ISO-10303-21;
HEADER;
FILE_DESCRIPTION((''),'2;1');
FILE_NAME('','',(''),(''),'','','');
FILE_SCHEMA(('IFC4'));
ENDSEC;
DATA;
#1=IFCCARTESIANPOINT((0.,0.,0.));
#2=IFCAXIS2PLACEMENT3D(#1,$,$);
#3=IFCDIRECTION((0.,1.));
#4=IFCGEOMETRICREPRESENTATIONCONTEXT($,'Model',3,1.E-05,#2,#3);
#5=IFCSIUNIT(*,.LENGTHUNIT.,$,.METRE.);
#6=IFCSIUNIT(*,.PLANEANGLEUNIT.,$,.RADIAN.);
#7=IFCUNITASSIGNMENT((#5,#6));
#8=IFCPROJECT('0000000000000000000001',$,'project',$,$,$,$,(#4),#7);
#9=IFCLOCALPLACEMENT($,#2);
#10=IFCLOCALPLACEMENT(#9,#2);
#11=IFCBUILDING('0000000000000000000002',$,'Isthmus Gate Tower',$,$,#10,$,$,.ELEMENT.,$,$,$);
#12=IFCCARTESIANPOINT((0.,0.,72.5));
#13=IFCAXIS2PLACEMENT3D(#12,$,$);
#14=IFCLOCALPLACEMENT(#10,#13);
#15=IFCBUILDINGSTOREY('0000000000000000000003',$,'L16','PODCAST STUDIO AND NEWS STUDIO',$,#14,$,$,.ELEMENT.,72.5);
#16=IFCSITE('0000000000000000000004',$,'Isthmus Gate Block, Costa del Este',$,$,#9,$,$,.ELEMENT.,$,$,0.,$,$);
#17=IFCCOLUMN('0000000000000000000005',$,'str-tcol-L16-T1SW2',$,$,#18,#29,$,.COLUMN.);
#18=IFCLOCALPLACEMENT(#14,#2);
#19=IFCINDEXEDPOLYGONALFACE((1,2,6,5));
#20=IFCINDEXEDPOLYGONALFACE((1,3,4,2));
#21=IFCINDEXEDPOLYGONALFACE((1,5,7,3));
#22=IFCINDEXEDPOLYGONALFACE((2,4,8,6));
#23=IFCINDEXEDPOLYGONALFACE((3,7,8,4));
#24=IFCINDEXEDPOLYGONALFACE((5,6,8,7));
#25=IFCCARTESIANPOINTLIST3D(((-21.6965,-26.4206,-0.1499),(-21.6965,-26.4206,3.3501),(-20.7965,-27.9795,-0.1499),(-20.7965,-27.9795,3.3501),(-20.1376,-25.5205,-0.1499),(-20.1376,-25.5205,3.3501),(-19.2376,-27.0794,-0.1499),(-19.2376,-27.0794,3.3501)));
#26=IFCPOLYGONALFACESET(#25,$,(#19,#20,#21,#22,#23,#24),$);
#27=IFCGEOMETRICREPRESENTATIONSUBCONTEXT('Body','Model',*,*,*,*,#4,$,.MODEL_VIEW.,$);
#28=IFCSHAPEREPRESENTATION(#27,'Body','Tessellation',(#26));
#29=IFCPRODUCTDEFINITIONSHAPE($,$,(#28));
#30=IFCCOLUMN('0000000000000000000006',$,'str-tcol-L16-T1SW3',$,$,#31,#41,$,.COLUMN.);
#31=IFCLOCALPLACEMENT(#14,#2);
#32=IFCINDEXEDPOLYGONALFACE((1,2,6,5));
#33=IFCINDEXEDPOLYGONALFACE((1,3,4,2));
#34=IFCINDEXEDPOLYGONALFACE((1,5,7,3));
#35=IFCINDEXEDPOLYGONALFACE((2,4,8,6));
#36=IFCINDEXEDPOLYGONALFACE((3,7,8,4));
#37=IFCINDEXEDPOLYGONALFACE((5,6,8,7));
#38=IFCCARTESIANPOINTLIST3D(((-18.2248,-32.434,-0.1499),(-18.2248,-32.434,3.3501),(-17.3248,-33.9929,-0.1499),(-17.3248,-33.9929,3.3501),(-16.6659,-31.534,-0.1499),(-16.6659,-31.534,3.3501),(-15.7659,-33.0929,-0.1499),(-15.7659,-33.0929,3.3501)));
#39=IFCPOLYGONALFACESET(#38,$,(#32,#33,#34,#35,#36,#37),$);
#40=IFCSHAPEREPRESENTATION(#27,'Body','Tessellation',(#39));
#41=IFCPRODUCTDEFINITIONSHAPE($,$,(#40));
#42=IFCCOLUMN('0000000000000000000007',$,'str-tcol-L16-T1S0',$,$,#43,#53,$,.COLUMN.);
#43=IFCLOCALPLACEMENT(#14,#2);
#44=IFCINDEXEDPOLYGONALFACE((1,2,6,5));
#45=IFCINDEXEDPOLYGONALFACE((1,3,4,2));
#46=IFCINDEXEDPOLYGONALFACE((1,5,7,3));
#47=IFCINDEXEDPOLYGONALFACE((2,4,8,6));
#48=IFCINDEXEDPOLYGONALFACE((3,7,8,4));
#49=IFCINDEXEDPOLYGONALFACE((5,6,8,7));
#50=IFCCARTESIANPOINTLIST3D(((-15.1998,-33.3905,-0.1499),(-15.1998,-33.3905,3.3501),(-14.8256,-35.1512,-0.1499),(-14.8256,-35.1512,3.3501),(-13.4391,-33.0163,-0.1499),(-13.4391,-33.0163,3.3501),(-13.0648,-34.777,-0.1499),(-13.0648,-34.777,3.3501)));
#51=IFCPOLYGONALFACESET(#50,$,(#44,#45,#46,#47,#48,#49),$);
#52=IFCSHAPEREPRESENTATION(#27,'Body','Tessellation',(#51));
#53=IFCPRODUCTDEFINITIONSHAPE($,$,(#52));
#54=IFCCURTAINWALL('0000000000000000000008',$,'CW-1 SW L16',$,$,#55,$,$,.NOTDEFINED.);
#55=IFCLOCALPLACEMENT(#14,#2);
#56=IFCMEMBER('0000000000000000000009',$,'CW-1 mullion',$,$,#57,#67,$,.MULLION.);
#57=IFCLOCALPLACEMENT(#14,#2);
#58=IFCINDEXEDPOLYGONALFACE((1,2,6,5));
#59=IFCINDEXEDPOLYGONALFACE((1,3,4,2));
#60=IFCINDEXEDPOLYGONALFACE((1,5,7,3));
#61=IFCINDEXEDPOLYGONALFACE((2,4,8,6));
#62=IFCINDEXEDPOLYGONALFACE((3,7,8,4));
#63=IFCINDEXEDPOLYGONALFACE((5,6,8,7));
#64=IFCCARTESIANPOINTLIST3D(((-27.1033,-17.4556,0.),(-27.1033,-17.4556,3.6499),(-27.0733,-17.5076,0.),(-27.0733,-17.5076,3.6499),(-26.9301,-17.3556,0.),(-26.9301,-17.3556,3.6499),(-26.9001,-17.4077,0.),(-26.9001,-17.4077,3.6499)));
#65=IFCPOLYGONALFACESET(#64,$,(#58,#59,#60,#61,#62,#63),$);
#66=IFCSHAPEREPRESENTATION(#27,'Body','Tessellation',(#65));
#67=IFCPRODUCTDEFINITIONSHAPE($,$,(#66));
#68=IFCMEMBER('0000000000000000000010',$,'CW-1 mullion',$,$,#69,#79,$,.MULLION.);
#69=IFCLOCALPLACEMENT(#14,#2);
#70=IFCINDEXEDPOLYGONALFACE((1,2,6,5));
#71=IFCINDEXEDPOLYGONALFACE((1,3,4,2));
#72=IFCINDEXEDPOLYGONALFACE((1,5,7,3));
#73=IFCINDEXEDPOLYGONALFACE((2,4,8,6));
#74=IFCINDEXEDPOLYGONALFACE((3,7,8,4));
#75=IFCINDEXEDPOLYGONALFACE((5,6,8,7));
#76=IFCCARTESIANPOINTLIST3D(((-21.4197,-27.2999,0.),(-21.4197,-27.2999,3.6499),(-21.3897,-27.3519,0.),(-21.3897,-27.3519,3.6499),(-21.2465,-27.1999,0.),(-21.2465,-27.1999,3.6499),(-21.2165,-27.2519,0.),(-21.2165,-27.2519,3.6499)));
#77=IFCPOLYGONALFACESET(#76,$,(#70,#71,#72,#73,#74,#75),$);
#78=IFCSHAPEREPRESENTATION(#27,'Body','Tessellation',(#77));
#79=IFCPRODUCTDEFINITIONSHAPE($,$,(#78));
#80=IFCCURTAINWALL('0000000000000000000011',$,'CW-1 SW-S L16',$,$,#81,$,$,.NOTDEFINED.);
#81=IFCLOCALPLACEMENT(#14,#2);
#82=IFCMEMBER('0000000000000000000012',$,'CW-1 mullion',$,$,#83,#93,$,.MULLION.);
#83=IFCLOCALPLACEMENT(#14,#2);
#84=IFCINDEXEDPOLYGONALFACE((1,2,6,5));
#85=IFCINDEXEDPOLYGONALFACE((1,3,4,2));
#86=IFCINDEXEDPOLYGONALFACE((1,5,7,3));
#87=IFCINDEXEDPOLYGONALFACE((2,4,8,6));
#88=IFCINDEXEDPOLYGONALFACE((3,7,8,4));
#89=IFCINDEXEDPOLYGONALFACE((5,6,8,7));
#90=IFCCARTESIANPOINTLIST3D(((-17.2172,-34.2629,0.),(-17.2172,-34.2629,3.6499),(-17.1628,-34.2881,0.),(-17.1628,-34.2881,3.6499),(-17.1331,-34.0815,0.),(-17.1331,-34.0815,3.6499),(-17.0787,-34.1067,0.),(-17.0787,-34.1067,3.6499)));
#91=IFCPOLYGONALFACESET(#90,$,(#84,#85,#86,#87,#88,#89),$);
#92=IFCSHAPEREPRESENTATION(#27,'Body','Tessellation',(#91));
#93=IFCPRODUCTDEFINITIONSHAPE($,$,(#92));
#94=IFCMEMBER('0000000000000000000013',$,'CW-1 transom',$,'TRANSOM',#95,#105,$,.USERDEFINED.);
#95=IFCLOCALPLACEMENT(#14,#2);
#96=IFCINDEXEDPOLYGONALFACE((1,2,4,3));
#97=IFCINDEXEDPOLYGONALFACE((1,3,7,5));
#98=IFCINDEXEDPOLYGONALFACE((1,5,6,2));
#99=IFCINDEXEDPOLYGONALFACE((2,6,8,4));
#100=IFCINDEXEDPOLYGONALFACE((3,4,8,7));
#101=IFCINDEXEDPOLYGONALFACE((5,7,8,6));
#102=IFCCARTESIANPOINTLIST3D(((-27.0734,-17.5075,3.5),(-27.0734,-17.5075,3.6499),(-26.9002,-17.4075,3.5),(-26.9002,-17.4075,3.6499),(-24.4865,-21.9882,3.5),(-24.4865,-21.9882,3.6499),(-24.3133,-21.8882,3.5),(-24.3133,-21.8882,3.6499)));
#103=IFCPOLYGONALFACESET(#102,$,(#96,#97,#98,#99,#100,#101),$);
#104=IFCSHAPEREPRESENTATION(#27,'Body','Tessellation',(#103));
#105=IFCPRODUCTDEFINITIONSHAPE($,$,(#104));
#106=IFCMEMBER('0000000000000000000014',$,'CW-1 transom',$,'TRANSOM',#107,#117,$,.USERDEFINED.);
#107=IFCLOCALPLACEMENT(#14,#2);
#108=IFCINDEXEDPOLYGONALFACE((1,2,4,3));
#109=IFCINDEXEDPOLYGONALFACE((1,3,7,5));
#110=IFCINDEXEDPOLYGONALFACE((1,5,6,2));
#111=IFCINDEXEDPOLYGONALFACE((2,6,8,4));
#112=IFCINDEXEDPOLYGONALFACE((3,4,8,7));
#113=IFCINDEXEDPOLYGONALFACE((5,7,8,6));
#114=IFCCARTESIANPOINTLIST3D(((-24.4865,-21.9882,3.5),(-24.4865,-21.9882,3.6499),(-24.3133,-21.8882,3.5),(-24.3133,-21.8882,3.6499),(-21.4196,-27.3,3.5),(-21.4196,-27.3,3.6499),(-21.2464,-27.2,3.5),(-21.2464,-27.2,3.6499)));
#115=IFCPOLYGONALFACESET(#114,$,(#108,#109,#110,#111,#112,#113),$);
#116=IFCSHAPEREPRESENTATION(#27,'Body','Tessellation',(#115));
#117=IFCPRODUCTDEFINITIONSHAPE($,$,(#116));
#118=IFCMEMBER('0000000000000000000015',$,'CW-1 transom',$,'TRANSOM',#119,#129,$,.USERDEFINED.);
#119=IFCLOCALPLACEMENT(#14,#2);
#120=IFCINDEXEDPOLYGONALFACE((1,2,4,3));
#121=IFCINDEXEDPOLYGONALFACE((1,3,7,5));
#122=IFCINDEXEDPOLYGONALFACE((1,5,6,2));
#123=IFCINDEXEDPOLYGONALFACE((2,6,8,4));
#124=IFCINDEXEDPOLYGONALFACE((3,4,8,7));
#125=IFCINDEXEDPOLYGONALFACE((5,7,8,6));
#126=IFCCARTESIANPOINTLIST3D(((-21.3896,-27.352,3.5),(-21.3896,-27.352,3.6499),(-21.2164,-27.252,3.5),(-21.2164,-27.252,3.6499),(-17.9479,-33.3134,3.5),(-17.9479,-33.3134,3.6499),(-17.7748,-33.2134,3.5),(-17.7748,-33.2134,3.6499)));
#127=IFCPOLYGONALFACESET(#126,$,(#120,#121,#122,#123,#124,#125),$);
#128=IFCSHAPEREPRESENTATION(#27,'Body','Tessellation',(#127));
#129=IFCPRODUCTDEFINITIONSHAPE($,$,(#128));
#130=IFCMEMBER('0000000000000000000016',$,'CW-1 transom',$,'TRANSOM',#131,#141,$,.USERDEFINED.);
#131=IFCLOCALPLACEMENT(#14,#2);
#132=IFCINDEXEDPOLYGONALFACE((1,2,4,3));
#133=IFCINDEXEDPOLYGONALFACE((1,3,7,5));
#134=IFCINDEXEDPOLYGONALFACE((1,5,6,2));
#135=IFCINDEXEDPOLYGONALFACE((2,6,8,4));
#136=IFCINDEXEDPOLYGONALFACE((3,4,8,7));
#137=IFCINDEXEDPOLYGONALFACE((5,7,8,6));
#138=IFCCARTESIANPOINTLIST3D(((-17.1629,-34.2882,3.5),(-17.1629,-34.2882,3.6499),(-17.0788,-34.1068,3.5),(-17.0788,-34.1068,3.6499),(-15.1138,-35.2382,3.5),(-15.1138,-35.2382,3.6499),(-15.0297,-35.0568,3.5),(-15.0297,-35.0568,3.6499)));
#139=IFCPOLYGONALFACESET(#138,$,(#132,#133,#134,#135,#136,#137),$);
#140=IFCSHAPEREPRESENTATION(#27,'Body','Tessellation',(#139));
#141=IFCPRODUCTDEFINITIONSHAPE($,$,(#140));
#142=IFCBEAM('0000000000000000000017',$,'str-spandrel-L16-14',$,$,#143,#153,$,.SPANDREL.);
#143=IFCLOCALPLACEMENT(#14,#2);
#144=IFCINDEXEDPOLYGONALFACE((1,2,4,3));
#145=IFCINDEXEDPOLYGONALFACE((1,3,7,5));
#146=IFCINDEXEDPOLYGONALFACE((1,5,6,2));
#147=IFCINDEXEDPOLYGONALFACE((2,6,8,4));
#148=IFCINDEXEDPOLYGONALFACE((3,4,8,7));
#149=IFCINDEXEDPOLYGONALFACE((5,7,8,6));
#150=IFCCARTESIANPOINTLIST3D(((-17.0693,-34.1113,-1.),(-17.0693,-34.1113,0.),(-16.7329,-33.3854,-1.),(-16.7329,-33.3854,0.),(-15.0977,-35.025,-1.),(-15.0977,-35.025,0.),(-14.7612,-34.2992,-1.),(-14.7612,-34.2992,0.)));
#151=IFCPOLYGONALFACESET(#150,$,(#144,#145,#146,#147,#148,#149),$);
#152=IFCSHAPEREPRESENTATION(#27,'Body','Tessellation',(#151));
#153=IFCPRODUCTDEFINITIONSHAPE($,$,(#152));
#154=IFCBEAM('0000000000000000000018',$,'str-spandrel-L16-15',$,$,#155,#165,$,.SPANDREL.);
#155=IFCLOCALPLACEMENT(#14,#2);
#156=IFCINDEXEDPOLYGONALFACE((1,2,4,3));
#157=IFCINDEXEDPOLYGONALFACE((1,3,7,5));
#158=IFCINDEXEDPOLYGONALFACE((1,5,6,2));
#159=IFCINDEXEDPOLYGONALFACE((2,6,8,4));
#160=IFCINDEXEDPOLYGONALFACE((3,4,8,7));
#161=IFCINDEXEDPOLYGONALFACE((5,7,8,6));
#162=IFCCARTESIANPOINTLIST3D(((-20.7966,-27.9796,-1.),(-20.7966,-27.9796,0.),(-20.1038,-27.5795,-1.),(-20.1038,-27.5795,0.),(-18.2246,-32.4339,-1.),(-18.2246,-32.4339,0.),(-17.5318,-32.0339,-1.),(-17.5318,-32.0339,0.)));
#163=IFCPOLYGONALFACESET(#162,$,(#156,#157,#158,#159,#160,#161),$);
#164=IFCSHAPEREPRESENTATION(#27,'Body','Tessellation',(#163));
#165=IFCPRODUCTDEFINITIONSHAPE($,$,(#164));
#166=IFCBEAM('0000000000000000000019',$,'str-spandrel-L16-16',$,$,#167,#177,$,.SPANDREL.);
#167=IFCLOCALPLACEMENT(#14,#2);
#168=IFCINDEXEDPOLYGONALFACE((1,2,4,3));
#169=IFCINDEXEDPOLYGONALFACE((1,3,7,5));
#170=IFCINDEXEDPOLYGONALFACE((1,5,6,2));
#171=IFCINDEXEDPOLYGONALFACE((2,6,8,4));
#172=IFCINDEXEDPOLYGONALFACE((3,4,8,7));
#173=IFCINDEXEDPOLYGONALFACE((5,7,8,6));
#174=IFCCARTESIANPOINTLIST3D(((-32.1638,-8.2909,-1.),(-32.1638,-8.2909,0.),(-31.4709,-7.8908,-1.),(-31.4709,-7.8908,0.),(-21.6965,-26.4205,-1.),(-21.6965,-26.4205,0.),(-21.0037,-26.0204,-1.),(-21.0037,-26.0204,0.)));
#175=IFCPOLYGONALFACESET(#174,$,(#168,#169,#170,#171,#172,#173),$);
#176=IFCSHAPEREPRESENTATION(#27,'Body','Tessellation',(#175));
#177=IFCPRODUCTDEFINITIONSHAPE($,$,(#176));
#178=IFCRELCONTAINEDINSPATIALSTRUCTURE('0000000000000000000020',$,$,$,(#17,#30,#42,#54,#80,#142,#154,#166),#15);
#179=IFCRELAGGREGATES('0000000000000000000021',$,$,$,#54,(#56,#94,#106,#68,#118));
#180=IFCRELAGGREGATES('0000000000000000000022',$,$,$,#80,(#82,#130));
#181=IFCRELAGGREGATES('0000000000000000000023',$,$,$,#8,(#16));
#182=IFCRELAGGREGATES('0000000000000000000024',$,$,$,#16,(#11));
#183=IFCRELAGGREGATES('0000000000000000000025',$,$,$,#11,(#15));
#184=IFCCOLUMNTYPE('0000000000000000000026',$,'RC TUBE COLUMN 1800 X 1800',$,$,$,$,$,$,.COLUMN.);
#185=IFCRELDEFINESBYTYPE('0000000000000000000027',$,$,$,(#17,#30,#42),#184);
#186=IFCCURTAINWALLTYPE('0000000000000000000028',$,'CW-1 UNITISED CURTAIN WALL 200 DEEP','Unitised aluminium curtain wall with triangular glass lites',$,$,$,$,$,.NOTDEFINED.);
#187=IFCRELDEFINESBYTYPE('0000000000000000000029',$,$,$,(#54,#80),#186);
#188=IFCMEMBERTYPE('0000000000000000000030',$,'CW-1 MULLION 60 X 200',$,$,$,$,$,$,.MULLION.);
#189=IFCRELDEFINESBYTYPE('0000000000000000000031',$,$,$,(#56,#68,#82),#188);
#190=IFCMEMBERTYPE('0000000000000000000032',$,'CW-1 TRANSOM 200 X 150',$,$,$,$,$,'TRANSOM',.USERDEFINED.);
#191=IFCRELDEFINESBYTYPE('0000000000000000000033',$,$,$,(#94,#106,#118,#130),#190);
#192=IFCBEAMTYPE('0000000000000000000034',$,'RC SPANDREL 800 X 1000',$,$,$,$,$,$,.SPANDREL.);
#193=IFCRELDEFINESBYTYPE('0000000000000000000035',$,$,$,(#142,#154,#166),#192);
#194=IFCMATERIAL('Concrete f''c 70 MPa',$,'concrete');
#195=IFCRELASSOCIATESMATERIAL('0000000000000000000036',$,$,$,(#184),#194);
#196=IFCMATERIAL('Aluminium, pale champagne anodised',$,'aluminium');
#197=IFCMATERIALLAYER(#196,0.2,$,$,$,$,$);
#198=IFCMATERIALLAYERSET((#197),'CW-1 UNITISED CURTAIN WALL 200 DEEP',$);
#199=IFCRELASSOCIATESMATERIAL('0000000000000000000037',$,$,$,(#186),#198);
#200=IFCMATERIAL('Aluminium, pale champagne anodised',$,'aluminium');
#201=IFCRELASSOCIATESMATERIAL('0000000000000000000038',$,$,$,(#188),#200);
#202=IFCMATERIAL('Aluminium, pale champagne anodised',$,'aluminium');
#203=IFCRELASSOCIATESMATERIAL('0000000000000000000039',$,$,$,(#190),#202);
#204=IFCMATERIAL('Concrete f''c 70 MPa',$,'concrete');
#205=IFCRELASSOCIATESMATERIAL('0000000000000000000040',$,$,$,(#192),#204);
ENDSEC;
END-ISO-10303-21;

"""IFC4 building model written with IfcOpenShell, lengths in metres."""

from ifc_helpers import new_model, si_unit, direction, frame, origin, origin_2d, place, context, subcontext, project, spatial, rectangle, extrude, material, layer, layer_set, material_profile, profile_set, type_object, element, aggregate, save


model = new_model("IFC4")

# Units and contexts
model_context = context("Model", 3, precision=1e-05, world=origin(), true_north=direction((0.0, 1.0)))
body_context = subcontext(model_context, "Body", "Model", "MODEL_VIEW")
ifc_project = project(units=[si_unit("LENGTHUNIT", "METRE"), si_unit("PLANEANGLEUNIT", "RADIAN")], contexts=[model_context])

# Site, building, storey
site_placement = place(None, origin())
site = spatial("IfcSite", under=ifc_project, at=site_placement, Name="Isthmus Gate Block, Costa del Este", CompositionType="ELEMENT", RefElevation=0.0)
building_placement = place(site_placement, origin())
building = spatial("IfcBuilding", under=site, at=building_placement, Name="Isthmus Gate Tower", CompositionType="ELEMENT")
storey_placement = place(building_placement, frame((0.0, 0.0, 72.5)))
storey = spatial("IfcBuildingStorey", under=building, at=storey_placement, Name="L16", Description="PODCAST STUDIO AND NEWS STUDIO", CompositionType="ELEMENT", Elevation=72.5)

# Columns
ifc_material_1 = material(Name="Concrete f'c 70 MPa", Category="concrete")
ifc_material_profile_1 = material_profile(ifc_material_1, rectangle(XDim=1.8, YDim=1.8, at=origin_2d()), Name="RC 1800X1800")
ifc_profile_set_1 = profile_set([ifc_material_profile_1], Name="Concrete f'c 70 MPa")
column_type = type_object("IfcColumnType", Name="RC TUBE COLUMN 1800 X 1800", PredefinedType="COLUMN", material=ifc_profile_set_1)
for number, where, z_axis, x_axis, name in (
    (1, (-20.467, -26.75, -0.1499), (0.0, 0.0, 1.0), (0.5, -0.866025, 0.0), "str-tcol-L16-T1SW2"),
    (2, (-16.9954, -32.7634, -0.1499), (0.0, 0.0, 1.0), (0.5, -0.866025, 0.0), "str-tcol-L16-T1SW3"),
    (3, (-14.1323, -34.0837, -0.1499), (0.0, 0.0, 1.0), (0.978148, 0.207912, 0.0), "str-tcol-L16-T1S0"),
):
    element("IfcColumn", number, at=place(storey_placement, frame(where, z_axis=z_axis, x_axis=x_axis)), inside=storey, type_object=column_type, Name=name, PredefinedType="COLUMN", context=body_context, shape_type="SweptSolid", body=[
        extrude(rectangle(XDim=1.8, YDim=1.8, at=origin_2d()), origin(), (0.0, 0.0, 1.0), 3.5),
    ])

# Curtain wall, members
ifc_material_2 = material(Name="Aluminium, pale champagne anodised", Category="aluminium")
ifc_layer_1 = layer(ifc_material_2, 0.2)
ifc_layer_set_1 = layer_set([ifc_layer_1], Name="CW-1 UNITISED CURTAIN WALL 200 DEEP")
curtain_wall_type = type_object("IfcCurtainWallType", Name="CW-1 UNITISED CURTAIN WALL 200 DEEP", Description="Unitised aluminium curtain wall with triangular glass lites", PredefinedType="NOTDEFINED", material=ifc_layer_set_1)
curtain_wall_1_placement = place(storey_placement, origin())
curtain_wall_1 = element("IfcCurtainWall", 4, at=curtain_wall_1_placement, inside=storey, type_object=curtain_wall_type, Name="CW-1 SW L16", PredefinedType="NOTDEFINED")
ifc_material_3 = material(Name="Aluminium, pale champagne anodised", Category="aluminium")
ifc_material_profile_2 = material_profile(ifc_material_3, rectangle(XDim=0.0601, YDim=0.2, at=origin_2d()), Name="60x200")
ifc_profile_set_2 = profile_set([ifc_material_profile_2], Name="Aluminium, pale champagne anodised")
member_type_1 = type_object("IfcMemberType", Name="CW-1 MULLION 60 X 200", PredefinedType="MULLION", material=ifc_profile_set_2)
member_1_placement = place(storey_placement, frame((-27.0017, -17.4316, 0.0), z_axis=(0.0, 0.0, 1.0), x_axis=(0.5, -0.866025, 0.0)))
member_1 = element("IfcMember", 5, at=member_1_placement, type_object=member_type_1, Name="CW-1 mullion", PredefinedType="MULLION", context=body_context, shape_type="SweptSolid", body=[
    extrude(rectangle(XDim=0.0601, YDim=0.2, at=origin_2d()), origin(), (0.0, 0.0, 1.0), 3.6499),
])
member_2_placement = place(storey_placement, frame((-21.3181, -27.2759, 0.0), z_axis=(0.0, 0.0, 1.0), x_axis=(0.5, -0.866025, 0.0)))
member_2 = element("IfcMember", 6, at=member_2_placement, type_object=member_type_1, Name="CW-1 mullion", PredefinedType="MULLION", context=body_context, shape_type="SweptSolid", body=[
    extrude(rectangle(XDim=0.0601, YDim=0.2, at=origin_2d()), origin(), (0.0, 0.0, 1.0), 3.6499),
])

# Curtain wall, member
curtain_wall_2_placement = place(storey_placement, origin())
curtain_wall_2 = element("IfcCurtainWall", 7, at=curtain_wall_2_placement, inside=storey, type_object=curtain_wall_type, Name="CW-1 SW-S L16", PredefinedType="NOTDEFINED")
member_3_placement = place(storey_placement, frame((-17.1479, -34.1848, 0.0), z_axis=(0.0, 0.0, 1.0), x_axis=(0.907256, -0.420578, 0.0)))
member_3 = element("IfcMember", 8, at=member_3_placement, type_object=member_type_1, Name="CW-1 mullion", PredefinedType="MULLION", context=body_context, shape_type="SweptSolid", body=[
    extrude(rectangle(XDim=0.0601, YDim=0.2, at=origin_2d()), origin(), (0.0, 0.0, 1.0), 3.6499),
])

# Members
ifc_material_4 = material(Name="Aluminium, pale champagne anodised", Category="aluminium")
ifc_material_profile_3 = material_profile(ifc_material_4, rectangle(XDim=0.2, YDim=0.1499, at=origin_2d()), Name="200x150")
ifc_profile_set_3 = profile_set([ifc_material_profile_3], Name="Aluminium, pale champagne anodised")
member_type_2 = type_object("IfcMemberType", Name="CW-1 TRANSOM 200 X 150", ElementType="TRANSOM", PredefinedType="USERDEFINED", material=ifc_profile_set_3)
member_4_placement = place(storey_placement, frame((-26.9868, -17.4575, 3.575), z_axis=(0.499996, -0.866028, 0.0), x_axis=(0.866028, 0.499996, 0.0)))
member_4 = element("IfcMember", 9, at=member_4_placement, type_object=member_type_2, Name="CW-1 transom", ObjectType="TRANSOM", PredefinedType="USERDEFINED", context=body_context, shape_type="SweptSolid", body=[
    extrude(rectangle(XDim=0.2, YDim=0.1499, at=origin_2d()), origin(), (0.0, 0.0, 1.0), 5.1738),
])
member_5_placement = place(storey_placement, frame((-24.3999, -21.9382, 3.575), z_axis=(0.500018, -0.866015, 0.0), x_axis=(0.866015, 0.500018, 0.0)))
member_5 = element("IfcMember", 10, at=member_5_placement, type_object=member_type_2, Name="CW-1 transom", ObjectType="TRANSOM", PredefinedType="USERDEFINED", context=body_context, shape_type="SweptSolid", body=[
    extrude(rectangle(XDim=0.2, YDim=0.1499, at=origin_2d()), origin(), (0.0, 0.0, 1.0), 6.1335),
])
member_6_placement = place(storey_placement, frame((-21.303, -27.302, 3.575), z_axis=(0.49998, -0.866037, 0.0), x_axis=(0.866037, 0.49998, 0.0)))
member_6 = element("IfcMember", 11, at=member_6_placement, type_object=member_type_2, Name="CW-1 transom", ObjectType="TRANSOM", PredefinedType="USERDEFINED", context=body_context, shape_type="SweptSolid", body=[
    extrude(rectangle(XDim=0.2, YDim=0.1499, at=origin_2d()), origin(), (0.0, 0.0, 1.0), 6.8835),
])
member_7_placement = place(storey_placement, frame((-17.1208, -34.1975, 3.575), z_axis=(0.907246, -0.4206, 0.0), x_axis=(0.4206, 0.907246, 0.0)))
member_7 = element("IfcMember", 12, at=member_7_placement, type_object=member_type_2, Name="CW-1 transom", ObjectType="TRANSOM", PredefinedType="USERDEFINED", context=body_context, shape_type="SweptSolid", body=[
    extrude(rectangle(XDim=0.2, YDim=0.1499, at=origin_2d()), origin(), (0.0, 0.0, 1.0), 2.2585),
])

# Beams
ifc_material_5 = material(Name="Concrete f'c 70 MPa", Category="concrete")
ifc_material_profile_4 = material_profile(ifc_material_5, rectangle(XDim=0.8, YDim=1.0, at=origin_2d()), Name="RC 800X1000")
ifc_profile_set_4 = profile_set([ifc_material_profile_4], Name="Concrete f'c 70 MPa")
beam_type_1 = type_object("IfcBeamType", Name="RC SPANDREL 800 X 1000", PredefinedType="SPANDREL", material=ifc_profile_set_4)
beam_1_placement = place(storey_placement, frame((-14.9294, -34.6621, -0.5), z_axis=(-0.907291, 0.420504, 0.0), x_axis=(-0.420504, -0.907291, 0.0)))
element("IfcBeam", 13, at=beam_1_placement, inside=storey, type_object=beam_type_1, Name="str-spandrel-L16-14", PredefinedType="SPANDREL", context=body_context, shape_type="SweptSolid", body=[
    extrude(rectangle(XDim=0.8, YDim=1.0, at=origin_2d()), origin(), (0.0, 0.0, 1.0), 2.1731),
])
beam_2_placement = place(storey_placement, frame((-17.8782, -32.2339, -0.5), z_axis=(-0.500044, 0.866, 0.0), x_axis=(-0.866, -0.500044, 0.0)))
element("IfcBeam", 14, at=beam_2_placement, inside=storey, type_object=beam_type_1, Name="str-spandrel-L16-15", PredefinedType="SPANDREL", context=body_context, shape_type="SweptSolid", body=[
    extrude(rectangle(XDim=0.8, YDim=1.0, at=origin_2d()), origin(), (0.0, 0.0, 1.0), 5.1436),
])
beam_3_placement = place(storey_placement, frame((-21.3501, -26.2205, -0.5), z_axis=(-0.500005, 0.866023, 0.0), x_axis=(-0.866023, -0.500005, 0.0)))
element("IfcBeam", 15, at=beam_3_placement, inside=storey, type_object=beam_type_1, Name="str-spandrel-L16-16", PredefinedType="SPANDREL", context=body_context, shape_type="SweptSolid", body=[
    extrude(rectangle(XDim=0.8, YDim=1.0, at=origin_2d()), origin(), (0.0, 0.0, 1.0), 20.9343),
])

aggregate(curtain_wall_1, [member_1, member_4, member_5, member_2, member_6])
aggregate(curtain_wall_2, [member_3, member_7])

save(model, "model.ifc")
